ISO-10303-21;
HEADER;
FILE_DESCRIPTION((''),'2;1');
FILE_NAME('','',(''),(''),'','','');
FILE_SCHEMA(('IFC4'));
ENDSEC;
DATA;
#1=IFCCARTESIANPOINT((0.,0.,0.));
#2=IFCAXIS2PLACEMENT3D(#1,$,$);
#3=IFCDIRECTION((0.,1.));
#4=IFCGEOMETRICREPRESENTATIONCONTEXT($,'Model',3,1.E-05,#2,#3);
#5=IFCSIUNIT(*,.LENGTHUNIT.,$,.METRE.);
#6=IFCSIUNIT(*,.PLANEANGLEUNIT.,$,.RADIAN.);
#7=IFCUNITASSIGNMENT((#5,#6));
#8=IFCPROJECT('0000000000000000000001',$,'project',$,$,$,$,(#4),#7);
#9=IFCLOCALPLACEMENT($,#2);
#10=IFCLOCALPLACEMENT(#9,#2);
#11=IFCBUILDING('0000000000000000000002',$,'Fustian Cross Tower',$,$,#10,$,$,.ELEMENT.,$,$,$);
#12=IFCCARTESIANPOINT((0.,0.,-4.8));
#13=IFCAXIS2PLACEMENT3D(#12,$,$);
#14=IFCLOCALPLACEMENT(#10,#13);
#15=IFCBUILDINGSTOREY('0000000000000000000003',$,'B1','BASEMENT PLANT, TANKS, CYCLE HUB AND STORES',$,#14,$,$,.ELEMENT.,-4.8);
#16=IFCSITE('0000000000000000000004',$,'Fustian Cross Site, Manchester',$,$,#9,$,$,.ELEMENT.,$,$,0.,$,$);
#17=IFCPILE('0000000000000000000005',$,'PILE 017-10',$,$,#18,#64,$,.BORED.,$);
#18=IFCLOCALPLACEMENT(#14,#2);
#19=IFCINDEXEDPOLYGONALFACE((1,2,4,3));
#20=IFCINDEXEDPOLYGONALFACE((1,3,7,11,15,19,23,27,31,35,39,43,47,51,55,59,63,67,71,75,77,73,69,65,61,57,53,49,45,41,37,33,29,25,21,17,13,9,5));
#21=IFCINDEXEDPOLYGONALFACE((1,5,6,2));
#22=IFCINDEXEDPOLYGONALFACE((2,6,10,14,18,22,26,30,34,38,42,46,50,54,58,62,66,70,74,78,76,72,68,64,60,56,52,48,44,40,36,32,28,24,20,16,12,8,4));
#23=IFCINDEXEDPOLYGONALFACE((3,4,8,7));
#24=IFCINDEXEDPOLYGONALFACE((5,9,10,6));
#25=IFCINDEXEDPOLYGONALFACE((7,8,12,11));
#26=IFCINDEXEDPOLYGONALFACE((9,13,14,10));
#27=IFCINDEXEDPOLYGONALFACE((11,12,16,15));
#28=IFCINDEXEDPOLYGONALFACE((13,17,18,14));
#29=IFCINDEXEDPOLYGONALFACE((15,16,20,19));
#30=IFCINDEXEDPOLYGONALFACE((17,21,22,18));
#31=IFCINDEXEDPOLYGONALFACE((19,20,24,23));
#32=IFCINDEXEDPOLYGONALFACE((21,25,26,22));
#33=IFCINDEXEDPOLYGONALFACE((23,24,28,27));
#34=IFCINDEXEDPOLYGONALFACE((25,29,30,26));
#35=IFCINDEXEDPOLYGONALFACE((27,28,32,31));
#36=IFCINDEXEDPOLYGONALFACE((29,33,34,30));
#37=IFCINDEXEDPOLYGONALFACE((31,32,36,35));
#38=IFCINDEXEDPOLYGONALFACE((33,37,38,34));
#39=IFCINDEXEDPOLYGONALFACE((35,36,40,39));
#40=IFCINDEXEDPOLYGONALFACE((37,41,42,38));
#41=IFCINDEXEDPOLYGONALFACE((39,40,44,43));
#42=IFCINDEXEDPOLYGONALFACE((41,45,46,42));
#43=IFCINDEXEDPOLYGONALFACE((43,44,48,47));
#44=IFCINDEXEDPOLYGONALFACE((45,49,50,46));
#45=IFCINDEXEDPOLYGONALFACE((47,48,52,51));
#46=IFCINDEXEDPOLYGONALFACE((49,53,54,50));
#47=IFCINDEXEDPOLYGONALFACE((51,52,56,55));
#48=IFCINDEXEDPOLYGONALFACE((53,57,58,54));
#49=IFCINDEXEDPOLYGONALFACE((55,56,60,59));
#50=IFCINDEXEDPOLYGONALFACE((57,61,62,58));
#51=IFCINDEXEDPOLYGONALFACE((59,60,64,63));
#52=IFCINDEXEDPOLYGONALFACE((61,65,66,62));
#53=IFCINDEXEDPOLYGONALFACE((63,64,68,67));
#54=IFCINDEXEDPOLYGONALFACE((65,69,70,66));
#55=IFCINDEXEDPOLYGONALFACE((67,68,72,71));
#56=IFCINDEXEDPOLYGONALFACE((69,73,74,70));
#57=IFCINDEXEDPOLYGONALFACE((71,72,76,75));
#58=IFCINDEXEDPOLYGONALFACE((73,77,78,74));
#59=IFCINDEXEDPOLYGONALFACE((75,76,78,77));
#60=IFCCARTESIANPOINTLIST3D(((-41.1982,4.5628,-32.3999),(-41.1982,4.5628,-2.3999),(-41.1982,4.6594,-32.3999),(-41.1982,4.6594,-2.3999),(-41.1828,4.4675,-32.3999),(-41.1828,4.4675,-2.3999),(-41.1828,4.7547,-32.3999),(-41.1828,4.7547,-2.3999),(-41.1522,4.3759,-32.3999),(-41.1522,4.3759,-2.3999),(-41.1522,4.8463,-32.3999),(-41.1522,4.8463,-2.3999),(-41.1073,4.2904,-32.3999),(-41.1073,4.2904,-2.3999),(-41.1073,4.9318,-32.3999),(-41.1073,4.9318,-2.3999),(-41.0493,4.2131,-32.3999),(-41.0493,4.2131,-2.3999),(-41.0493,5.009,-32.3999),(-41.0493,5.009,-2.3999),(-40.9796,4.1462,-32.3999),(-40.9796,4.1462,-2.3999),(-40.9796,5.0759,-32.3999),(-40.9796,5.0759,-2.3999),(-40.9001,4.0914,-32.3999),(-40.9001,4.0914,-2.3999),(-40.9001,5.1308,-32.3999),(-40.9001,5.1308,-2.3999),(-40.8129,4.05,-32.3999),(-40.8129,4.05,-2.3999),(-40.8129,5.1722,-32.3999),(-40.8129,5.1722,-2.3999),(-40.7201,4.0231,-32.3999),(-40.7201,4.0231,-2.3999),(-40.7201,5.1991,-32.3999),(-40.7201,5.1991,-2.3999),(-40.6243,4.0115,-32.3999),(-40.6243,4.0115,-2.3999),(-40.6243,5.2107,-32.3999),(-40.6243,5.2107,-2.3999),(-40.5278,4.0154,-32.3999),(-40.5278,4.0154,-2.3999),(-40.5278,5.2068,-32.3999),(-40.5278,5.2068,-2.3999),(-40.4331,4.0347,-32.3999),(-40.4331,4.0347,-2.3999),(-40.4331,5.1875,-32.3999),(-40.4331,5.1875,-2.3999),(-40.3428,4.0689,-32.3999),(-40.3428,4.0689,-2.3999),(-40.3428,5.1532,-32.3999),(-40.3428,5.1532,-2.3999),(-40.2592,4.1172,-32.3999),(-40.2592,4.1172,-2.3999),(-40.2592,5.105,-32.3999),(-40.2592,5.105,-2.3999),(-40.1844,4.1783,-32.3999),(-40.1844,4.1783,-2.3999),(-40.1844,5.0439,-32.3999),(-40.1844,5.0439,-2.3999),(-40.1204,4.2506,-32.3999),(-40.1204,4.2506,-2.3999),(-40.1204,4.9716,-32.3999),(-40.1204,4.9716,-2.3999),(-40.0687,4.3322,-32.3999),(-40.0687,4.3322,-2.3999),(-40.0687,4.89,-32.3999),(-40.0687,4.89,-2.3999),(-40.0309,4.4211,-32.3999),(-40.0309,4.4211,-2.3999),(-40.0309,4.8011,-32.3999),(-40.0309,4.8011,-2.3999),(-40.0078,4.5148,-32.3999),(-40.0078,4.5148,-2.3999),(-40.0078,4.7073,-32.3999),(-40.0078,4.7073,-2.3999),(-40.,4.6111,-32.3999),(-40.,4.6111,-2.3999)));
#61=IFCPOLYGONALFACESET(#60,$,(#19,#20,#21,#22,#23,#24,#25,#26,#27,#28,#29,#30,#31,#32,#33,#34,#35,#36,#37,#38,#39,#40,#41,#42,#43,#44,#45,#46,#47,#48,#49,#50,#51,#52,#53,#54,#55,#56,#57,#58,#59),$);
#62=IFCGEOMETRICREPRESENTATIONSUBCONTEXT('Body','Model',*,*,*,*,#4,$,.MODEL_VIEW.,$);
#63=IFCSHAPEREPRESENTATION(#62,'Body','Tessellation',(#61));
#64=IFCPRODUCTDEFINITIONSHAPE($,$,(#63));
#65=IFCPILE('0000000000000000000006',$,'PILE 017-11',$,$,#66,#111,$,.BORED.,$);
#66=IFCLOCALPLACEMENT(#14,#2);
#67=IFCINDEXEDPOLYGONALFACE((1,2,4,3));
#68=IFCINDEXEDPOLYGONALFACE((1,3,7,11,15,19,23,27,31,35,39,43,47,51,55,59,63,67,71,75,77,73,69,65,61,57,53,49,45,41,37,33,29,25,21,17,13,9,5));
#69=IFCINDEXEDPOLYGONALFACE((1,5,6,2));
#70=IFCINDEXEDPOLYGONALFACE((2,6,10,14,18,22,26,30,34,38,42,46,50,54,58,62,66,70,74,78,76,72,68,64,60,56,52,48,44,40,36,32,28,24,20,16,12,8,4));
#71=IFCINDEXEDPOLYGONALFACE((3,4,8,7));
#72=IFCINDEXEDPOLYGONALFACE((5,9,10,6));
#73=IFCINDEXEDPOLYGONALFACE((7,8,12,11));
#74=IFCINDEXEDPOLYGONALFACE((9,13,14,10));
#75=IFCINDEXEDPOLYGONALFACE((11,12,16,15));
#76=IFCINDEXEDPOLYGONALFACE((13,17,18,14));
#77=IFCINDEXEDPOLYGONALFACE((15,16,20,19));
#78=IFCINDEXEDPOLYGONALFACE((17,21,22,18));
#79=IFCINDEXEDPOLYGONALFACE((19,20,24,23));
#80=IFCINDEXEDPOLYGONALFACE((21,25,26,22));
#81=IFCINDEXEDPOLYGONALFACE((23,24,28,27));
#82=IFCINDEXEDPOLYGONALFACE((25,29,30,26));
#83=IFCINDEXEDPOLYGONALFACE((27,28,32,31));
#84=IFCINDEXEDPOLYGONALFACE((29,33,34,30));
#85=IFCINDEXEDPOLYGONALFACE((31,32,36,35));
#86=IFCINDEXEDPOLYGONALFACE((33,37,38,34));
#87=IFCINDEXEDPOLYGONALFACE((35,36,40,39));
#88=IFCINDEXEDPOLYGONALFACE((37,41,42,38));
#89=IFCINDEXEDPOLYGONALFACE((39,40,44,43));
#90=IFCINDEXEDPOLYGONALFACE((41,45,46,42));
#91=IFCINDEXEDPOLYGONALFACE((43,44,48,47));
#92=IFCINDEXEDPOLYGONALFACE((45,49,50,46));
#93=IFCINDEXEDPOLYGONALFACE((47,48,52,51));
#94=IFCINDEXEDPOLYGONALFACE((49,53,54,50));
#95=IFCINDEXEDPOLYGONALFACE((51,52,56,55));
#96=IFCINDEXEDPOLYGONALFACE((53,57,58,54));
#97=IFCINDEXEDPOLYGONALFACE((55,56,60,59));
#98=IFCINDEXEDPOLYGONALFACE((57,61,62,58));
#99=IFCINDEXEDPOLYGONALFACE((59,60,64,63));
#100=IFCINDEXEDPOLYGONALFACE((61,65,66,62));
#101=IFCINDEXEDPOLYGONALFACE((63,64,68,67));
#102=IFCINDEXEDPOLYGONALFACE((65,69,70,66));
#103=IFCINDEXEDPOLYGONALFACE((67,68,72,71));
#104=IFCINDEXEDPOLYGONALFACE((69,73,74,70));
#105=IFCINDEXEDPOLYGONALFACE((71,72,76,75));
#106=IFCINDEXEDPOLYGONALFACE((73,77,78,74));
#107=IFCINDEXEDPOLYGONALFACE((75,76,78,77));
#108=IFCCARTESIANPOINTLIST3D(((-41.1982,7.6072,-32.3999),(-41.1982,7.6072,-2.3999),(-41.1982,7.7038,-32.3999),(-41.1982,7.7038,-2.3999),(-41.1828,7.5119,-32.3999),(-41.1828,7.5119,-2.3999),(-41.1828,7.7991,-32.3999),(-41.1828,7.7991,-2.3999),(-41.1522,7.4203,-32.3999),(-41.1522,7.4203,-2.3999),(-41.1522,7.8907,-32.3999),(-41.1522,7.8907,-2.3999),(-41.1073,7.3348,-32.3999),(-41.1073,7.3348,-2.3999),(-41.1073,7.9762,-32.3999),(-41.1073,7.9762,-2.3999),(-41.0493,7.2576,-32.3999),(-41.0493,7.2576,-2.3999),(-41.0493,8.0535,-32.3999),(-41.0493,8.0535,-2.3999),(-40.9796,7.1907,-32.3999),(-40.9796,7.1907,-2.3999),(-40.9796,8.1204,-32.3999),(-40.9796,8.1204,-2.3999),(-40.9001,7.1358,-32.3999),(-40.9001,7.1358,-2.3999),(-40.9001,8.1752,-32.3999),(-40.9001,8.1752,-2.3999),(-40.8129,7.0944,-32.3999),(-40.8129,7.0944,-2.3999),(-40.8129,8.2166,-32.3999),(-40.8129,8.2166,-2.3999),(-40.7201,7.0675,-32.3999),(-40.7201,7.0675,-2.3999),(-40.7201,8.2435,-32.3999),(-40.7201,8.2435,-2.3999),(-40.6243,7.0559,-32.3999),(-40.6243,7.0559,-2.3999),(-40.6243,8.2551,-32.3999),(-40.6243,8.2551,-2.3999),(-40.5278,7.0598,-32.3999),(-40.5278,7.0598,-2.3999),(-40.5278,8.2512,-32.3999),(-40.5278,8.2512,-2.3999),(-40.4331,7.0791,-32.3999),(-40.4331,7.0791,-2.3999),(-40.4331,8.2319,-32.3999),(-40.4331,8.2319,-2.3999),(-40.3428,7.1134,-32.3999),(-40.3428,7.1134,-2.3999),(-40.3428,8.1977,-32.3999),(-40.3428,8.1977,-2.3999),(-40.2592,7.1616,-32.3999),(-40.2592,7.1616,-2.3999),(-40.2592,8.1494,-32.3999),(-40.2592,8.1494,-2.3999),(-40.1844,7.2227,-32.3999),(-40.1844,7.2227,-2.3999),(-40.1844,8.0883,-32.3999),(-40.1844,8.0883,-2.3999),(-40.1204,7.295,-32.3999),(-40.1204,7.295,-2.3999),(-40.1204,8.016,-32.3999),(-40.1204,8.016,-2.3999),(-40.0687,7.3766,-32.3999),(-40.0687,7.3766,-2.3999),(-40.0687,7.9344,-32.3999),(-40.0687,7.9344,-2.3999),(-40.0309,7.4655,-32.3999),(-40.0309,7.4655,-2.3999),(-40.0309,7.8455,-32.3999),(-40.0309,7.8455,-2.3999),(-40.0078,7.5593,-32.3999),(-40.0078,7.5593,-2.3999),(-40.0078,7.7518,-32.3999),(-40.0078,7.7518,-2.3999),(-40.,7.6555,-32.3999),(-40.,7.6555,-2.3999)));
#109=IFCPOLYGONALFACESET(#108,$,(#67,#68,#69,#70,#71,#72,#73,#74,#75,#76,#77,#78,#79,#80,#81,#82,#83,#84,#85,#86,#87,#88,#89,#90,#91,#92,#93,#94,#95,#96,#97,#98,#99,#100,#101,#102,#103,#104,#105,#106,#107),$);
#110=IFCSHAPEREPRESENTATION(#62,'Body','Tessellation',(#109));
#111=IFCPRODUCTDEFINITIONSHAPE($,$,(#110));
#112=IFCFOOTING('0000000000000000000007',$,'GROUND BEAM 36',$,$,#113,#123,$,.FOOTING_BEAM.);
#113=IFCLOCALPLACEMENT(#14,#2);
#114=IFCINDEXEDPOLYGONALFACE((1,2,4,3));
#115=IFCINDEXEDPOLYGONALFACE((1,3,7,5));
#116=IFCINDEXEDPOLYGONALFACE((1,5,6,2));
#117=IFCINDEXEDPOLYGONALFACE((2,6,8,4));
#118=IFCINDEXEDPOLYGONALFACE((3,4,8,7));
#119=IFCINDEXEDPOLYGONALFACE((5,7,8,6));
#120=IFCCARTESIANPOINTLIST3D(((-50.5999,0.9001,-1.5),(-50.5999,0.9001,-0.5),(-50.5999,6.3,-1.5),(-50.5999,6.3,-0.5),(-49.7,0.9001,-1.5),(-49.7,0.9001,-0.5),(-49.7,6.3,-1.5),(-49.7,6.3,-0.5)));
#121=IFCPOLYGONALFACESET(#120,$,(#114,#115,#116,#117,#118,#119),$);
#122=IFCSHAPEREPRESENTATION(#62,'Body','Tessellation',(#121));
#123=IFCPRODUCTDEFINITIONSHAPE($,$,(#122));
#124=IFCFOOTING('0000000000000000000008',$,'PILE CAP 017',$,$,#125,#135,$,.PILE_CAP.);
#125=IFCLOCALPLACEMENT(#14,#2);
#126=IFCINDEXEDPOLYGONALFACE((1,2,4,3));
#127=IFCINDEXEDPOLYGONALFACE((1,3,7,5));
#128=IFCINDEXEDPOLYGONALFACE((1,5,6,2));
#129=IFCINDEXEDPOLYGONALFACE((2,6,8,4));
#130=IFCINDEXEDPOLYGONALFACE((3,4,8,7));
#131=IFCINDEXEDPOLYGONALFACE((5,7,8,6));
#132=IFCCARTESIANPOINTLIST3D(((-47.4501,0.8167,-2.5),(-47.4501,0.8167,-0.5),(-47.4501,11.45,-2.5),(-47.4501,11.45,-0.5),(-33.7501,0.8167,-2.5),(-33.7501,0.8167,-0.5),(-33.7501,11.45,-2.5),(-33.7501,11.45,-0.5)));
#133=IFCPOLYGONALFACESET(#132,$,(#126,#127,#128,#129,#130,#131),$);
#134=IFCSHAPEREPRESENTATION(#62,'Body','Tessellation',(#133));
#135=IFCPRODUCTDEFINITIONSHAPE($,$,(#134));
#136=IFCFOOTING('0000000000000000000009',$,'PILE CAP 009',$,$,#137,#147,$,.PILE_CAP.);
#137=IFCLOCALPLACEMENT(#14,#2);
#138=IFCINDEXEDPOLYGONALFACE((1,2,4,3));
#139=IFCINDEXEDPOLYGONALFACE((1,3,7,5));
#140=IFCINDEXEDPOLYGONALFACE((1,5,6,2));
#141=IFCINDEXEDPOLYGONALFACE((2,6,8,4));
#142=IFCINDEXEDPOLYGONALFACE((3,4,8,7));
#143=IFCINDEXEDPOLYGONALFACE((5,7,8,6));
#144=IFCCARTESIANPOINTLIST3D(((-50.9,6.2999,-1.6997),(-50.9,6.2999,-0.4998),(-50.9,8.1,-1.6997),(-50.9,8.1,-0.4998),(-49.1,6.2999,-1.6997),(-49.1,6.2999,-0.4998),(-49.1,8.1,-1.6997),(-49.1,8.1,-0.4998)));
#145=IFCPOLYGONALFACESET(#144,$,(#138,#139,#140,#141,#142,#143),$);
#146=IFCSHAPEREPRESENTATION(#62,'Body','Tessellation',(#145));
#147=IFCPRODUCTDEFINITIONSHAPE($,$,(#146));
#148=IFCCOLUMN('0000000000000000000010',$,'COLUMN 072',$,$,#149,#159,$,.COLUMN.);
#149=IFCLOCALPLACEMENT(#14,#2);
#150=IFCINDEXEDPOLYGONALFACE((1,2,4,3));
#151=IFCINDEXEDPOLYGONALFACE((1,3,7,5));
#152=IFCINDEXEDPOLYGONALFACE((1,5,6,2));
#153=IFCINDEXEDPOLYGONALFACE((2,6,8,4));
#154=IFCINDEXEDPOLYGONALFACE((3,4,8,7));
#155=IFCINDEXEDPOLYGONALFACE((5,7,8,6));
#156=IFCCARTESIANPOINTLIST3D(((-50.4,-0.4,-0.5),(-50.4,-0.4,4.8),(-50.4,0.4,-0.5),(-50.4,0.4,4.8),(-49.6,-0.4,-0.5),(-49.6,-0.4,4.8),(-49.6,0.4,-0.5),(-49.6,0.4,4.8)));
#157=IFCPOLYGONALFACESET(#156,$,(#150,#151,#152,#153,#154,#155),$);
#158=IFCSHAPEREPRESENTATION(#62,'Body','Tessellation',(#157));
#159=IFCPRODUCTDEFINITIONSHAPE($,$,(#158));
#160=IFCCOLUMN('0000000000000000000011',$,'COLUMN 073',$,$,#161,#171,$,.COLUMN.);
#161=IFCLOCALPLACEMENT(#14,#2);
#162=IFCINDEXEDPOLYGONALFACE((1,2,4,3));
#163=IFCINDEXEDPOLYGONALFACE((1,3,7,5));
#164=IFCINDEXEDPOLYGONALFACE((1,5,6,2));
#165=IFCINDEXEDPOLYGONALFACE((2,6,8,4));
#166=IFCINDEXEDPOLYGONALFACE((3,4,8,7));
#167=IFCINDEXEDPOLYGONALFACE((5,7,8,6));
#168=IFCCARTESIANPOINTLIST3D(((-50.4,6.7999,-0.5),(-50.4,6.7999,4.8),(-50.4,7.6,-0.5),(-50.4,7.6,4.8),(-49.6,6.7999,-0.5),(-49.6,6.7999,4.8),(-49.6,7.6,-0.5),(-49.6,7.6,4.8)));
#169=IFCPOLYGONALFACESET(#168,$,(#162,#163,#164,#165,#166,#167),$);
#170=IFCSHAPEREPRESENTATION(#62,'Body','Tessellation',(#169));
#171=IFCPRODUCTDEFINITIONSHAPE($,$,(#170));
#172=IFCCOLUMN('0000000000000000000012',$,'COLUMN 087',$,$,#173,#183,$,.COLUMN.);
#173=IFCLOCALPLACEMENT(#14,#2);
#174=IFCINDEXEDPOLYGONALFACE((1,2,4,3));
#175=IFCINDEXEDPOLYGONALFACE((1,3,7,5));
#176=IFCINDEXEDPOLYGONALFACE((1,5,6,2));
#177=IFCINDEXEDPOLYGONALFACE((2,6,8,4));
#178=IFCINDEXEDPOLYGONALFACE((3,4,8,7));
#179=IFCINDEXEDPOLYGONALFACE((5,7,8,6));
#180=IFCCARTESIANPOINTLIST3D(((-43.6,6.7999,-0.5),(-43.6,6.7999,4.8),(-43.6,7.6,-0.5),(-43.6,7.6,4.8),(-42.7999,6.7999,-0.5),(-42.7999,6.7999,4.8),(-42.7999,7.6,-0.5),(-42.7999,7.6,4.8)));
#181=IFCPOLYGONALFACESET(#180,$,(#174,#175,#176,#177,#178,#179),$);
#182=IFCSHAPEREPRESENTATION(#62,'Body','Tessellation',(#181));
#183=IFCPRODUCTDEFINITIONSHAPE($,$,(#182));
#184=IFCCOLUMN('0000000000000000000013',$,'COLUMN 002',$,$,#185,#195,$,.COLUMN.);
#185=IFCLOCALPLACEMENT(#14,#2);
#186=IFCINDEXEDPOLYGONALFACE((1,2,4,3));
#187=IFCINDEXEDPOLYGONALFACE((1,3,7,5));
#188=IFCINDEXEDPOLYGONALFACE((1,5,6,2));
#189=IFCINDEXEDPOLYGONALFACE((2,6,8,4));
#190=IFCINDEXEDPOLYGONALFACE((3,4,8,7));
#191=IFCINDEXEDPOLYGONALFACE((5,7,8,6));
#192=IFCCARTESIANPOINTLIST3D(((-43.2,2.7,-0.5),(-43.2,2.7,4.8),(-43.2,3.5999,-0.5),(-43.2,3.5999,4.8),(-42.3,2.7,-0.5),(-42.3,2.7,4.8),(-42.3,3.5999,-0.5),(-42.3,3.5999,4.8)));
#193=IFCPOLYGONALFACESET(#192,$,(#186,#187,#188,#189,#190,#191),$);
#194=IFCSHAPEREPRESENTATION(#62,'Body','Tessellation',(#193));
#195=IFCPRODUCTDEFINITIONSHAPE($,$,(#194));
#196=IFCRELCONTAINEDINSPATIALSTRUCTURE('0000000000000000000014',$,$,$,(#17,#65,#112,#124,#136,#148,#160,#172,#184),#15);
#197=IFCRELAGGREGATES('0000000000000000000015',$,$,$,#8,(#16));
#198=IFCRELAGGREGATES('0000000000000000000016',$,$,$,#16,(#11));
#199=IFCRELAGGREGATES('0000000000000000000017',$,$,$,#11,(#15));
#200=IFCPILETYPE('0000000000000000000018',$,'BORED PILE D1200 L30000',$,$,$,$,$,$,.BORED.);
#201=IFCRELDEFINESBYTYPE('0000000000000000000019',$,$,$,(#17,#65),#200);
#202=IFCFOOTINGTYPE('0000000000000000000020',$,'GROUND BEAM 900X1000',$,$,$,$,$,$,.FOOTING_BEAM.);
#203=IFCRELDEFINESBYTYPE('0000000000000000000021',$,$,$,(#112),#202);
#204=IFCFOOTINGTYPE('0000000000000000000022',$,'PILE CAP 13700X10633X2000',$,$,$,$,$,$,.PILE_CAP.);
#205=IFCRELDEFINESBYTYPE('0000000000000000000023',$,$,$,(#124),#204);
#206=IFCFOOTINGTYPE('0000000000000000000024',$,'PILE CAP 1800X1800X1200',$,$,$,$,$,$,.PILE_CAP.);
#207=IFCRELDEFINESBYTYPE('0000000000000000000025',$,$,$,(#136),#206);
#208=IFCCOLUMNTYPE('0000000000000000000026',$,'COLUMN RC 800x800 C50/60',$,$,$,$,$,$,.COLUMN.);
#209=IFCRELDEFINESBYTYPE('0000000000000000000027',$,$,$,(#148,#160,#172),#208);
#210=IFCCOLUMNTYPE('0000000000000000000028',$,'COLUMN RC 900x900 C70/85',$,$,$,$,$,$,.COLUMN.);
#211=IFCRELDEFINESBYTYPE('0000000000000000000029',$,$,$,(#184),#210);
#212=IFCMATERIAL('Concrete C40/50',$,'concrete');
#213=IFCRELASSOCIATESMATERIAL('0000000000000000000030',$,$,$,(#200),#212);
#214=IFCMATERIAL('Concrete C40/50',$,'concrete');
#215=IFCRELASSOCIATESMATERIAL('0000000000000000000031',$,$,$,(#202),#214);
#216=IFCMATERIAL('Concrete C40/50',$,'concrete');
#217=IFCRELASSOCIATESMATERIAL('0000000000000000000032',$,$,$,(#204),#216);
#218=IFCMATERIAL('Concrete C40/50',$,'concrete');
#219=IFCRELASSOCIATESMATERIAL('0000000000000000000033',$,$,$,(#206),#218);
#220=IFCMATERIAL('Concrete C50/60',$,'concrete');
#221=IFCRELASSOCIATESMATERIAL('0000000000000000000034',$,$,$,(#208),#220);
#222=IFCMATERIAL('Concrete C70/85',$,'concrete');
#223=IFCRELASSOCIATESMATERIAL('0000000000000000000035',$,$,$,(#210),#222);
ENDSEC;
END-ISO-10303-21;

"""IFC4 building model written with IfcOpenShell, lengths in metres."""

from ifc_helpers import new_model, si_unit, direction, frame, origin, origin_2d, place, context, subcontext, project, spatial, rectangle, circle, extrude, material, material_profile, profile_set, type_object, element, save


model = new_model("IFC4")

# Units and contexts
model_context = context("Model", 3, precision=1e-05, world=origin(), true_north=direction((0.0, 1.0)))
body_context = subcontext(model_context, "Body", "Model", "MODEL_VIEW")
ifc_project = project(units=[si_unit("LENGTHUNIT", "METRE"), si_unit("PLANEANGLEUNIT", "RADIAN")], contexts=[model_context])

# Site, building, storey
site_placement = place(None, origin())
site = spatial("IfcSite", under=ifc_project, at=site_placement, Name="Fustian Cross Site, Manchester", CompositionType="ELEMENT", RefElevation=0.0)
building_placement = place(site_placement, origin())
building = spatial("IfcBuilding", under=site, at=building_placement, Name="Fustian Cross Tower", CompositionType="ELEMENT")
storey_placement = place(building_placement, frame((0.0, 0.0, -4.8)))
storey = spatial("IfcBuildingStorey", under=building, at=storey_placement, Name="B1", Description="BASEMENT PLANT, TANKS, CYCLE HUB AND STORES", CompositionType="ELEMENT", Elevation=-4.8)

# Piles
ifc_material_1 = material(Name="Concrete C40/50", Category="concrete")
ifc_material_profile_1 = material_profile(ifc_material_1, circle(Radius=0.6001, at=origin_2d()), Name="BORED PILE D1200 L30000")
ifc_profile_set_1 = profile_set([ifc_material_profile_1], Name="Concrete C40/50")
pile_type_1 = type_object("IfcPileType", Name="BORED PILE D1200 L30000", PredefinedType="BORED", material=ifc_profile_set_1)
for number, where, z_axis, x_axis, name in (
    (1, (-40.6001, 4.6111, -2.3999), (0.0, 0.0, -1.0), (1.0, 0.0, 0.0), "PILE 017-10"),
    (2, (-40.6001, 7.6555, -2.3999), (0.0, 0.0, -1.0), (1.0, 0.0, 0.0), "PILE 017-11"),
):
    element("IfcPile", number, at=place(storey_placement, frame(where, z_axis=z_axis, x_axis=x_axis)), inside=storey, type_object=pile_type_1, Name=name, PredefinedType="BORED", context=body_context, shape_type="SweptSolid", body=[
        extrude(circle(Radius=0.6001, at=origin_2d()), origin(), (0.0, 0.0, 1.0), 30.0),
    ])

# Footings
ifc_material_2 = material(Name="Concrete C40/50", Category="concrete")
footing_type_1 = type_object("IfcFootingType", Name="GROUND BEAM 900X1000", PredefinedType="FOOTING_BEAM", material=ifc_material_2)
footing_1_placement = place(storey_placement, frame((-50.1499, 3.6001, -1.5), z_axis=(0.0, 0.0, 1.0), x_axis=(1.0, 0.0, 0.0)))
element("IfcFooting", 3, at=footing_1_placement, inside=storey, type_object=footing_type_1, Name="GROUND BEAM 36", PredefinedType="FOOTING_BEAM", context=body_context, shape_type="SweptSolid", body=[
    extrude(rectangle(XDim=0.8999, YDim=5.3999, at=origin_2d()), origin(), (0.0, 0.0, 1.0), 1.0),
])
ifc_material_3 = material(Name="Concrete C40/50", Category="concrete")
footing_type_2 = type_object("IfcFootingType", Name="PILE CAP 13700X10633X2000", PredefinedType="PILE_CAP", material=ifc_material_3)
footing_2_placement = place(storey_placement, frame((-40.6001, 6.1333, -2.5), z_axis=(0.0, 0.0, 1.0), x_axis=(1.0, 0.0, 0.0)))
element("IfcFooting", 4, at=footing_2_placement, inside=storey, type_object=footing_type_2, Name="PILE CAP 017", PredefinedType="PILE_CAP", context=body_context, shape_type="SweptSolid", body=[
    extrude(rectangle(XDim=13.7, YDim=10.6333, at=origin_2d()), origin(), (0.0, 0.0, 1.0), 2.0),
])
ifc_material_4 = material(Name="Concrete C40/50", Category="concrete")
footing_type_3 = type_object("IfcFootingType", Name="PILE CAP 1800X1800X1200", PredefinedType="PILE_CAP", material=ifc_material_4)
footing_3_placement = place(storey_placement, frame((-50.0, 7.2, -1.6997), z_axis=(0.0, 0.0, 1.0), x_axis=(1.0, 0.0, 0.0)))
element("IfcFooting", 5, at=footing_3_placement, inside=storey, type_object=footing_type_3, Name="PILE CAP 009", PredefinedType="PILE_CAP", context=body_context, shape_type="SweptSolid", body=[
    extrude(rectangle(XDim=1.8, YDim=1.8, at=origin_2d()), origin(), (0.0, 0.0, 1.0), 1.2),
])

# Columns
ifc_material_5 = material(Name="Concrete C50/60", Category="concrete")
ifc_material_profile_2 = material_profile(ifc_material_5, rectangle(XDim=0.8, YDim=0.8, at=origin_2d()), Name="RC 800x800")
ifc_profile_set_2 = profile_set([ifc_material_profile_2], Name="Concrete C50/60")
column_type_1 = type_object("IfcColumnType", Name="COLUMN RC 800x800 C50/60", PredefinedType="COLUMN", material=ifc_profile_set_2)
for number, where, z_axis, x_axis, name in (
    (6, (-50.0, 0.0, -0.5), (0.0, 0.0, 1.0), (1.0, 0.0, 0.0), "COLUMN 072"),
    (7, (-50.0, 7.2, -0.5), (0.0, 0.0, 1.0), (1.0, 0.0, 0.0), "COLUMN 073"),
    (8, (-43.2, 7.2, -0.5), (0.0, 0.0, 1.0), (1.0, 0.0, 0.0), "COLUMN 087"),
):
    element("IfcColumn", number, at=place(storey_placement, frame(where, z_axis=z_axis, x_axis=x_axis)), inside=storey, type_object=column_type_1, Name=name, PredefinedType="COLUMN", context=body_context, shape_type="SweptSolid", body=[
        extrude(rectangle(XDim=0.8, YDim=0.8, at=origin_2d()), origin(), (0.0, 0.0, 1.0), 5.3),
    ])
ifc_material_6 = material(Name="Concrete C70/85", Category="concrete")
ifc_material_profile_3 = material_profile(ifc_material_6, rectangle(XDim=0.8999, YDim=0.8999, at=origin_2d()), Name="RC 900x900")
ifc_profile_set_3 = profile_set([ifc_material_profile_3], Name="Concrete C70/85")
column_type_2 = type_object("IfcColumnType", Name="COLUMN RC 900x900 C70/85", PredefinedType="COLUMN", material=ifc_profile_set_3)
for number, where, z_axis, x_axis, name in (
    (9, (-42.75, 3.1499, -0.5), (0.0, 0.0, 1.0), (1.0, 0.0, 0.0), "COLUMN 002"),
):
    element("IfcColumn", number, at=place(storey_placement, frame(where, z_axis=z_axis, x_axis=x_axis)), inside=storey, type_object=column_type_2, Name=name, PredefinedType="COLUMN", context=body_context, shape_type="SweptSolid", body=[
        extrude(rectangle(XDim=0.8999, YDim=0.8999, at=origin_2d()), origin(), (0.0, 0.0, 1.0), 5.3),
    ])

save(model, "model.ifc")
